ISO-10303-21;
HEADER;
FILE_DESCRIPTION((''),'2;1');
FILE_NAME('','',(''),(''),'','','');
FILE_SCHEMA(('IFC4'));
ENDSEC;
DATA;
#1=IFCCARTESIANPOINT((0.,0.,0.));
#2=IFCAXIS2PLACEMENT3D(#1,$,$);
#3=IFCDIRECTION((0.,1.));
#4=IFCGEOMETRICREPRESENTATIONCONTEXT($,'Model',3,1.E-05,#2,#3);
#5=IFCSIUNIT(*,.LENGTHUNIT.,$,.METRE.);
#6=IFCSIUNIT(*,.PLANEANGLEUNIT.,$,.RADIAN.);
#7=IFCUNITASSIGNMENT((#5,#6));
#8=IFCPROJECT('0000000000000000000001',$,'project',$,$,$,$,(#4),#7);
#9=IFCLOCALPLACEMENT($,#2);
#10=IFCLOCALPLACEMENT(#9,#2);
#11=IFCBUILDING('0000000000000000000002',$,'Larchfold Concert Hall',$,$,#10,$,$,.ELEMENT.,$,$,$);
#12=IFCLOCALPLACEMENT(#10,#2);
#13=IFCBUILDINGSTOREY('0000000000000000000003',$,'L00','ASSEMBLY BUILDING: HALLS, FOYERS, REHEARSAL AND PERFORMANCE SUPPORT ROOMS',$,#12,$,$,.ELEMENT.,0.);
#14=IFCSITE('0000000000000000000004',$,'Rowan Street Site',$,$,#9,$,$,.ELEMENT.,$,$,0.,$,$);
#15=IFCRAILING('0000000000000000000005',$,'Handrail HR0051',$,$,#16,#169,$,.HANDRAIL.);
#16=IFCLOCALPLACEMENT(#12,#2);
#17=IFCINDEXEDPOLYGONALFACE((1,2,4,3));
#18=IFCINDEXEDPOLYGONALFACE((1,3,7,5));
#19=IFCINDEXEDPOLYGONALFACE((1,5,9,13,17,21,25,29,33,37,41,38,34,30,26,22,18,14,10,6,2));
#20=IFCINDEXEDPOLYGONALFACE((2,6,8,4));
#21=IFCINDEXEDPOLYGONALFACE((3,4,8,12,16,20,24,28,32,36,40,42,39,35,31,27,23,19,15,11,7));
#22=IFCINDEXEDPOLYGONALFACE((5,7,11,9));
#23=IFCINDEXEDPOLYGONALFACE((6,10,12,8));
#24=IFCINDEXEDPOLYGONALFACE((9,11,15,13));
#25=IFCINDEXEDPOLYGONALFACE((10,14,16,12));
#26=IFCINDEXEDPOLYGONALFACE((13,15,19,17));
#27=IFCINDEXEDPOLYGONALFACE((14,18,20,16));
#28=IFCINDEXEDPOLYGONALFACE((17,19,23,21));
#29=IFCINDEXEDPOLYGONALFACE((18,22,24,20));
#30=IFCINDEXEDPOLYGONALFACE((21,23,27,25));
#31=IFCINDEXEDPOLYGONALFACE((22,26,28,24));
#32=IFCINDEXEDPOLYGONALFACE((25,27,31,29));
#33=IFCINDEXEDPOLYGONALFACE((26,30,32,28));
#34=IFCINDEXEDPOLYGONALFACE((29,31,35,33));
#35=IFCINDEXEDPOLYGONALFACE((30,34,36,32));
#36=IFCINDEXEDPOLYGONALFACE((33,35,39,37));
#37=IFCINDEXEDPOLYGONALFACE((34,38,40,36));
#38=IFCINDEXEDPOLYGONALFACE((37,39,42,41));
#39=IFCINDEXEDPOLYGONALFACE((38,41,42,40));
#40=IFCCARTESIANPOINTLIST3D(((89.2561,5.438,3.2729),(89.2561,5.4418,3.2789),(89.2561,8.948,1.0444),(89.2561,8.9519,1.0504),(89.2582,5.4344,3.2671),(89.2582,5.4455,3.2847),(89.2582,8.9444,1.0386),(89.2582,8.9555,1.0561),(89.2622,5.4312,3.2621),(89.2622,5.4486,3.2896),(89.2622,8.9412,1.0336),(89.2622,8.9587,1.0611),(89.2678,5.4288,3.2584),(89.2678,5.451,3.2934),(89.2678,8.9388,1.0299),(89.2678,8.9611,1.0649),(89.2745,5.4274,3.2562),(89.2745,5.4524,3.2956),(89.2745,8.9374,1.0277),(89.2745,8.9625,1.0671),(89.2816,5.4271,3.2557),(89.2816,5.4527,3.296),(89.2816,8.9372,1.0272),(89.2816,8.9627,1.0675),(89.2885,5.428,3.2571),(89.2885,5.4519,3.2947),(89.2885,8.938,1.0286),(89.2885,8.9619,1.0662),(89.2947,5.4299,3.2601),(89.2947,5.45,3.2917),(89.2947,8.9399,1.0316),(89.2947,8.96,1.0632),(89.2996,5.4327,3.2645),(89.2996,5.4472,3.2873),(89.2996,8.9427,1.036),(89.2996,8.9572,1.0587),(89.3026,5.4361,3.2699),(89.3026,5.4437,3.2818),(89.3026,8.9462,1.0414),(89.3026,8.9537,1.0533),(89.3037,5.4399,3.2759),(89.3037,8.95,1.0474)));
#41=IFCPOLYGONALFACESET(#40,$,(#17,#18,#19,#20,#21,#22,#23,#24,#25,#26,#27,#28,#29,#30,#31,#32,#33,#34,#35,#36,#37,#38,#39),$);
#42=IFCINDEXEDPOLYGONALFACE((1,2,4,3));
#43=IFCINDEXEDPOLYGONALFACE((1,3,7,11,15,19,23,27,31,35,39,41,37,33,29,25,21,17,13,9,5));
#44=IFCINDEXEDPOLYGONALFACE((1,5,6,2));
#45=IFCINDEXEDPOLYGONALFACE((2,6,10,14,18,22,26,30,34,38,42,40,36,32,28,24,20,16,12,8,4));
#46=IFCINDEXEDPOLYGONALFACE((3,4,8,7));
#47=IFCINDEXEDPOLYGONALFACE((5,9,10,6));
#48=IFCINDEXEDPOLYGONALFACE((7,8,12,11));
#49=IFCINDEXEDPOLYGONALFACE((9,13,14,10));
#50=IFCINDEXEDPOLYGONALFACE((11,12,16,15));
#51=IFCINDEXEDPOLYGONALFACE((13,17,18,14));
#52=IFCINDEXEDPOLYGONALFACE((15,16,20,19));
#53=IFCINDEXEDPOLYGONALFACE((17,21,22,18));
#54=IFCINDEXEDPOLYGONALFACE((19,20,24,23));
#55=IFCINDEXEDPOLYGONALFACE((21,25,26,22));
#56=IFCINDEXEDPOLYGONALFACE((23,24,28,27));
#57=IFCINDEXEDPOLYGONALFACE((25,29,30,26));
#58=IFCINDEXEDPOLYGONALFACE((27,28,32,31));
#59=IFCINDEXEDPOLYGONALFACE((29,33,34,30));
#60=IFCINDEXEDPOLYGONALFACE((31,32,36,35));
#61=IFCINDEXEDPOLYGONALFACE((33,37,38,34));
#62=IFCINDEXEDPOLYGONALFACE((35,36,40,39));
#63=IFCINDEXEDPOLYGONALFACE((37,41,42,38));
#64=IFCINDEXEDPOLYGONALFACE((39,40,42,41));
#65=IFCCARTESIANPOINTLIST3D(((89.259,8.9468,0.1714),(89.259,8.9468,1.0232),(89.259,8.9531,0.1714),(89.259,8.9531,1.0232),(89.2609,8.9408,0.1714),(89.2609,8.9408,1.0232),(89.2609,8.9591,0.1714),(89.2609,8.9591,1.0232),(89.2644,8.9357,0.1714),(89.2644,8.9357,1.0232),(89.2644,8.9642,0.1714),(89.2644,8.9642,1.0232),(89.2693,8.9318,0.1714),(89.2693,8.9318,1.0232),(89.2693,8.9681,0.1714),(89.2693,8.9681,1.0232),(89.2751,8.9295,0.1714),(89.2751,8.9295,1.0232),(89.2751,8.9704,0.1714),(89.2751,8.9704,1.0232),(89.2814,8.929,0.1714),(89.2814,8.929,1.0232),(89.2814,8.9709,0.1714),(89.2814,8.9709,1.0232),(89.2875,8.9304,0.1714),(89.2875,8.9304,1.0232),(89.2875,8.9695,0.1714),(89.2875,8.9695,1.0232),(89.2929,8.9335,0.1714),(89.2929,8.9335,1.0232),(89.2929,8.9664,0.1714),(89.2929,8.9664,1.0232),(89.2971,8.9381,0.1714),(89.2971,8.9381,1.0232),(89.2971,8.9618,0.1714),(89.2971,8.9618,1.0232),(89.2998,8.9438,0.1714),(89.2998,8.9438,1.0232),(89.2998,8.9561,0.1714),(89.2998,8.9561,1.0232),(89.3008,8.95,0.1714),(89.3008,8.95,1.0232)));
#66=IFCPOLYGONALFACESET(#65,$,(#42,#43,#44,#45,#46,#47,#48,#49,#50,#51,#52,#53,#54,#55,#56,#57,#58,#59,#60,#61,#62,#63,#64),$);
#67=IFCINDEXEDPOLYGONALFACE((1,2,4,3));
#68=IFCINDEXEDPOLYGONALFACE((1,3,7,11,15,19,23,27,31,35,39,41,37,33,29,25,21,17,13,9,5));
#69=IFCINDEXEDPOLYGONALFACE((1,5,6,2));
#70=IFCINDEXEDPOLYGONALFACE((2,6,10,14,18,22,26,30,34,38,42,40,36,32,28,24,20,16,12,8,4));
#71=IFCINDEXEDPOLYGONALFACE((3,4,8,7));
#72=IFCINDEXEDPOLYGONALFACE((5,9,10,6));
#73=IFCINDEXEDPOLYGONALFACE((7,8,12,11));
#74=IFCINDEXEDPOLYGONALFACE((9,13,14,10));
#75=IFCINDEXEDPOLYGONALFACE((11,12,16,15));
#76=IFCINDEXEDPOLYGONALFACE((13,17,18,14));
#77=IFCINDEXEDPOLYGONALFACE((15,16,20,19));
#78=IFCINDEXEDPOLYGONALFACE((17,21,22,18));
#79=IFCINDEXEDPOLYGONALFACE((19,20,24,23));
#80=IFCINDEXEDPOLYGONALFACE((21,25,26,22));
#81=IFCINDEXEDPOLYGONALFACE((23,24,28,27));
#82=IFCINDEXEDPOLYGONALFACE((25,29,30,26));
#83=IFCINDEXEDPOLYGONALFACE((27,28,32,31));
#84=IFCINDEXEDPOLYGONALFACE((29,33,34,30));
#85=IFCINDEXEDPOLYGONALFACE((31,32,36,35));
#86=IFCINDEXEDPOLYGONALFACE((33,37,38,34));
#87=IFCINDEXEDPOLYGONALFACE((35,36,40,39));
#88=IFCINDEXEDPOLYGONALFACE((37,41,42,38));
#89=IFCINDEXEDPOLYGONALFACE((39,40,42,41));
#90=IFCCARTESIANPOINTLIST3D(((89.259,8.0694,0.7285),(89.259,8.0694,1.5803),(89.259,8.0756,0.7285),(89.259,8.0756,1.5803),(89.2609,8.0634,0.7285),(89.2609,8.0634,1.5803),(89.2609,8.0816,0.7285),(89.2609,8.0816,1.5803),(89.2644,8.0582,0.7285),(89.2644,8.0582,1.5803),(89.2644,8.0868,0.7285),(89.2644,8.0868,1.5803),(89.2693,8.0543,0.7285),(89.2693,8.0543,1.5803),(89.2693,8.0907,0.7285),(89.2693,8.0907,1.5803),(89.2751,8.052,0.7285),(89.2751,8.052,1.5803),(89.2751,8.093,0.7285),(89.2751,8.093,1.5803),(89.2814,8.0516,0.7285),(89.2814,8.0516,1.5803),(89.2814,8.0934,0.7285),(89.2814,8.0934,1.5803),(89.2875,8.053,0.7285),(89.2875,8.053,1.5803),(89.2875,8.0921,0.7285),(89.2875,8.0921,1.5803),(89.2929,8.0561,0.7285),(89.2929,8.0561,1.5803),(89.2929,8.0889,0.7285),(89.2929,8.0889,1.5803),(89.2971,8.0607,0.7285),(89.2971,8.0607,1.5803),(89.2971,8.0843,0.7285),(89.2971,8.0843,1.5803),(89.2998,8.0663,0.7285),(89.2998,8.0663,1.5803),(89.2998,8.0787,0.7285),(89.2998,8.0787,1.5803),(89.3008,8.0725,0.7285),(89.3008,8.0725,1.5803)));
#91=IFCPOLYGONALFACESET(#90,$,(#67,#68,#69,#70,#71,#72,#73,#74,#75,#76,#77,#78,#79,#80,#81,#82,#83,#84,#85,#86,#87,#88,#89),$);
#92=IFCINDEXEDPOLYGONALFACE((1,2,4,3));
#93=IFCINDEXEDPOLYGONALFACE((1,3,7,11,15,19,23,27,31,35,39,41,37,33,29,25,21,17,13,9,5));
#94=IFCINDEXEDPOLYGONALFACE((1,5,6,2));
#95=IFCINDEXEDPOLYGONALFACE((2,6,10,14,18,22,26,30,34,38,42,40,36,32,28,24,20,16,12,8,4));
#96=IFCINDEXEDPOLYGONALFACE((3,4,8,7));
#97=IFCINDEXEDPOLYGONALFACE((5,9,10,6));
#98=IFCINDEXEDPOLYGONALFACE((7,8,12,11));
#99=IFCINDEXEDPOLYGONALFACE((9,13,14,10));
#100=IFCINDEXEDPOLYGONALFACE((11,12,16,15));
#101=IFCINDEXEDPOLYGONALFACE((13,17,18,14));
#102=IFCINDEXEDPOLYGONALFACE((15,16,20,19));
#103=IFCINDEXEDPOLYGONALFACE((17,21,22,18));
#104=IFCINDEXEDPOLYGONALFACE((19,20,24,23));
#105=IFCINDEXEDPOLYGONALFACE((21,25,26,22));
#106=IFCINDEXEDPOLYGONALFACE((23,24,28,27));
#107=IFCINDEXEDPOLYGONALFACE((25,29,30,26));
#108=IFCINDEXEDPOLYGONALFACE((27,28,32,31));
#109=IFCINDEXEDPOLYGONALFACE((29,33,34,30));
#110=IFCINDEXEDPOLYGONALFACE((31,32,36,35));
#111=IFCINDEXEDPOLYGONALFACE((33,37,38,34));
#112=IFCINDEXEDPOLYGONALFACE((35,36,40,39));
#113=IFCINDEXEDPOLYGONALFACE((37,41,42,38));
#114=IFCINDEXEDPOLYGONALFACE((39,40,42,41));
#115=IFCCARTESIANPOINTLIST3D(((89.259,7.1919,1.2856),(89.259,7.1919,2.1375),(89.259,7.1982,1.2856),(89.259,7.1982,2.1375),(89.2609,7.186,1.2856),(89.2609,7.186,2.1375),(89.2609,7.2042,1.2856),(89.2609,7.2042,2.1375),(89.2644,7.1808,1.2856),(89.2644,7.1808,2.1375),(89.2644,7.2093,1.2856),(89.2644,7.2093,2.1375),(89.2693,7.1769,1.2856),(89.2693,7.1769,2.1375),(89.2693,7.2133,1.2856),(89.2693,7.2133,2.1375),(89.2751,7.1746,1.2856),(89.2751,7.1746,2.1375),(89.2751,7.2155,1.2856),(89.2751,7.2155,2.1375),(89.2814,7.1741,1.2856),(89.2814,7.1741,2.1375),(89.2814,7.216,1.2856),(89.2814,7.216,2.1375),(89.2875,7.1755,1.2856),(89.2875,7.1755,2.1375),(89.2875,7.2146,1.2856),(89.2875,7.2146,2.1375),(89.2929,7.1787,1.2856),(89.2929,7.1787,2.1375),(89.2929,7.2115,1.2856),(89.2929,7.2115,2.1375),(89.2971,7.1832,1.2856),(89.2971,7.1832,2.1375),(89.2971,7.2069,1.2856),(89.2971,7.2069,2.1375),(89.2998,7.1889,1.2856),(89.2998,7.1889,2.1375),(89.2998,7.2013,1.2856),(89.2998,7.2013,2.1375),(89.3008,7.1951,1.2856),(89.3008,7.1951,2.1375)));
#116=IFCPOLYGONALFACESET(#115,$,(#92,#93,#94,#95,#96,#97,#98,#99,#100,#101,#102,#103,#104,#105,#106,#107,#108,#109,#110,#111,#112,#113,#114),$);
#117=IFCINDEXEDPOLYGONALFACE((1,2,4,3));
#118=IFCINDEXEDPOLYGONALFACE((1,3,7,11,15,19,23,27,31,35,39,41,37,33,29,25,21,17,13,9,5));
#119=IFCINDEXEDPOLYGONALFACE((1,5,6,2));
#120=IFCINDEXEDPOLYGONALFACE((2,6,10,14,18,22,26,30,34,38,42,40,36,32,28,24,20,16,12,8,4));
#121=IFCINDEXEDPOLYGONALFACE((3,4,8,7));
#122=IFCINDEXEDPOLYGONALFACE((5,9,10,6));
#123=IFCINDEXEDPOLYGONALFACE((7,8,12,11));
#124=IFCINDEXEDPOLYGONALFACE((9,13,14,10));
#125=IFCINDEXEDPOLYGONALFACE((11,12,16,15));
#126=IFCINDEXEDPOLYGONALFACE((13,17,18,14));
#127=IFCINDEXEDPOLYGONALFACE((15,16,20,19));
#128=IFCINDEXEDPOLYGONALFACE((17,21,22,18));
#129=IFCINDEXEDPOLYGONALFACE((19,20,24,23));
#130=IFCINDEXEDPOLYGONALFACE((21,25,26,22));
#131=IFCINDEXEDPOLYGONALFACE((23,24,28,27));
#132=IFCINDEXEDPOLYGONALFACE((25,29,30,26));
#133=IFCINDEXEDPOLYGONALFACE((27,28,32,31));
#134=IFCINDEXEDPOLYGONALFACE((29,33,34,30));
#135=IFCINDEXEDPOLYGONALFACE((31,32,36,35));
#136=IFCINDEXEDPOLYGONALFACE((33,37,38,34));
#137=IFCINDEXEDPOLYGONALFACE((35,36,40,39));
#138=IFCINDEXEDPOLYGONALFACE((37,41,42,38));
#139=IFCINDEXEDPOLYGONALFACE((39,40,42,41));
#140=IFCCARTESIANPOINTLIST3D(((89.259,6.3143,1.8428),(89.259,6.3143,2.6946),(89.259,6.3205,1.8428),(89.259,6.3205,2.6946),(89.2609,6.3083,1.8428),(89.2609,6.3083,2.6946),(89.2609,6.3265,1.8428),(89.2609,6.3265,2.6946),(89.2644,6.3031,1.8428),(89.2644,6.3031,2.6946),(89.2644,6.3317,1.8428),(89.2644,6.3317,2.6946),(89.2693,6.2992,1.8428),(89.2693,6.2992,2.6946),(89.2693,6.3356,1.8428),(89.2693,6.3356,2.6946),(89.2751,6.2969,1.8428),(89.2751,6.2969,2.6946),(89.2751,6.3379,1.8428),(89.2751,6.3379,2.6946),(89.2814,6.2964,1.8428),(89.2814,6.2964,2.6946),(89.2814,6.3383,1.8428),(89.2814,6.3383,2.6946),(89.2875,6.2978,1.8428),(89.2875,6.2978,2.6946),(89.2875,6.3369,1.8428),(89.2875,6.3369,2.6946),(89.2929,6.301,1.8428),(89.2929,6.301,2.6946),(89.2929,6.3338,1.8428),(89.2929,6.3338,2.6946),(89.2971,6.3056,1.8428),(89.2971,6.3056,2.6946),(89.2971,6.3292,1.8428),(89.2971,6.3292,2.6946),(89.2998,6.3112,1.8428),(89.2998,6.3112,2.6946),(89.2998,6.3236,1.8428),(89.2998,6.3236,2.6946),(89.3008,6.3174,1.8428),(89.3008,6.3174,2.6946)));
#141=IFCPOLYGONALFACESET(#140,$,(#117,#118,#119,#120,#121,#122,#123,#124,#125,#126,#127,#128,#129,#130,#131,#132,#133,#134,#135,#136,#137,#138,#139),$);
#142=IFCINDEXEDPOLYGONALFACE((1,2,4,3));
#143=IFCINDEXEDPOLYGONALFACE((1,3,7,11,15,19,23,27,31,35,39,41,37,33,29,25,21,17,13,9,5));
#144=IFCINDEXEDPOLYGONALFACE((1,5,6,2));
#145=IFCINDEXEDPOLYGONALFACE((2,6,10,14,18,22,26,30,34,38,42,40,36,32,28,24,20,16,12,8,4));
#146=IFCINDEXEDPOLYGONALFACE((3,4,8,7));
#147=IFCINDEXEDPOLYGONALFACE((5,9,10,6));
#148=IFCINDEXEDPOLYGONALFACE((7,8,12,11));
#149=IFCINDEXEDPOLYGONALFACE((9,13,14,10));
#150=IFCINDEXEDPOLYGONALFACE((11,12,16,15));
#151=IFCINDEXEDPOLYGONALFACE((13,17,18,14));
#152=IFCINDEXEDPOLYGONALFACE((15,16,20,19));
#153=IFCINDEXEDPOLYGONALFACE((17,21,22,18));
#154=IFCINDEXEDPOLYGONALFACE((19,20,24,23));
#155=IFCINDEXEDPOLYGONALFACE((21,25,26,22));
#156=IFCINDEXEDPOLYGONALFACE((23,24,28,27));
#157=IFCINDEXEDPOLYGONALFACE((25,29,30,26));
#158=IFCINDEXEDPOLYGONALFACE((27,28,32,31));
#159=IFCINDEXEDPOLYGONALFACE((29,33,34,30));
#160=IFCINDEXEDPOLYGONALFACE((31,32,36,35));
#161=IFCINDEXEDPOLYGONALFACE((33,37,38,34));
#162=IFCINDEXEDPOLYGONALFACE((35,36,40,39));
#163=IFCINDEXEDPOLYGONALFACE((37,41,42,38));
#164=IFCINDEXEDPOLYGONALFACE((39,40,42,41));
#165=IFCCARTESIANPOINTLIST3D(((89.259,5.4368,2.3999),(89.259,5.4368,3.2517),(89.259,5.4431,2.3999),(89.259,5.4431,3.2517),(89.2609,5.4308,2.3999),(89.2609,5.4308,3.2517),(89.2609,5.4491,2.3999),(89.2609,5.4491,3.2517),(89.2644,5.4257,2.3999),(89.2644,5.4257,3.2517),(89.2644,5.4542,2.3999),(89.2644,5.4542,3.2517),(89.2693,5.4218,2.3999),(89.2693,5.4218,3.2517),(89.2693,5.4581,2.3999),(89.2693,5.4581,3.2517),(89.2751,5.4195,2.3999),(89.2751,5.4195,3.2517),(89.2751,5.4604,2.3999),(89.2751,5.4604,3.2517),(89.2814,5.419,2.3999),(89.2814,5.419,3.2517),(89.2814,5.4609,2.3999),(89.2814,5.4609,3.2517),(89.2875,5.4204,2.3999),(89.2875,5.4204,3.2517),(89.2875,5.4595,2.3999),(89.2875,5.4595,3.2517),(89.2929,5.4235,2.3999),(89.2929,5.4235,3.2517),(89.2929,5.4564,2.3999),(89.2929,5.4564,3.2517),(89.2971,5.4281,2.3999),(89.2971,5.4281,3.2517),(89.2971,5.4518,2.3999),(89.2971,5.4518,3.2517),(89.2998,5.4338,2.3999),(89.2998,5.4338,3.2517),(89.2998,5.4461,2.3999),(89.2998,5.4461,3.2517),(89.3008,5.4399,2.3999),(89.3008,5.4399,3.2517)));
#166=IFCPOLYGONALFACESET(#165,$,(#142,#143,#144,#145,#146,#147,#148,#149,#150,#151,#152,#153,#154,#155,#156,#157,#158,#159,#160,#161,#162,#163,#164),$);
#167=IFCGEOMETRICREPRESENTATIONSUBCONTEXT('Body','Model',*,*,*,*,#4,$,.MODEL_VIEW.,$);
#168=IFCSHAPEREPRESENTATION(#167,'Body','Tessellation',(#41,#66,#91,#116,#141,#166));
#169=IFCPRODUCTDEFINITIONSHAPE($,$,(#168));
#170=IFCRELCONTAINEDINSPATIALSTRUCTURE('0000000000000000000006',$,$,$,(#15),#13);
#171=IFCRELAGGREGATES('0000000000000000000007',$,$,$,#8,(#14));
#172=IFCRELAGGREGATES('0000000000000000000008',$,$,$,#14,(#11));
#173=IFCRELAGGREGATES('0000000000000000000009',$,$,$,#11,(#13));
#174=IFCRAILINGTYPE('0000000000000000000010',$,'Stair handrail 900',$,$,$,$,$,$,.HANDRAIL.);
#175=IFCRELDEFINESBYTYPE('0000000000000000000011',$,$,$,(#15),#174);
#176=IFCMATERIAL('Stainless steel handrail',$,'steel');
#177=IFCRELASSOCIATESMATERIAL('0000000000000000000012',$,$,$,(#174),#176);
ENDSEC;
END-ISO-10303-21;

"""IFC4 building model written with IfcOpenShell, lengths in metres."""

from ifc_helpers import new_model, si_unit, direction, frame, origin, origin_2d, place, context, subcontext, project, spatial, circle, extrude, material, type_object, element, save


model = new_model("IFC4")

# Units and contexts
model_context = context("Model", 3, precision=1e-05, world=origin(), true_north=direction((0.0, 1.0)))
body_context = subcontext(model_context, "Body", "Model", "MODEL_VIEW")
ifc_project = project(units=[si_unit("LENGTHUNIT", "METRE"), si_unit("PLANEANGLEUNIT", "RADIAN")], contexts=[model_context])

# Site, building, storey
site_placement = place(None, origin())
site = spatial("IfcSite", under=ifc_project, at=site_placement, Name="Rowan Street Site", CompositionType="ELEMENT", RefElevation=0.0)
building_placement = place(site_placement, origin())
building = spatial("IfcBuilding", under=site, at=building_placement, Name="Larchfold Concert Hall", CompositionType="ELEMENT")
storey_placement = place(building_placement, origin())
storey = spatial("IfcBuildingStorey", under=building, at=storey_placement, Name="L00", Description="ASSEMBLY BUILDING: HALLS, FOYERS, REHEARSAL AND PERFORMANCE SUPPORT ROOMS", CompositionType="ELEMENT", Elevation=0.0)

# Railing
ifc_material_1 = material(Name="Stainless steel handrail", Category="steel")
railing_type_1 = type_object("IfcRailingType", Name="Stair handrail 900", PredefinedType="HANDRAIL", material=ifc_material_1)
railing_1_placement = place(storey_placement, frame((89.2798, 8.95, 0.1714)))
element("IfcRailing", 1, at=railing_1_placement, inside=storey, type_object=railing_type_1, Name="Handrail HR0051", PredefinedType="HANDRAIL", context=body_context, shape_type="SweptSolid", body=[
    extrude(circle(Radius=0.0239, at=origin_2d()), frame((0.0, 0.0, 0.876), z_axis=(0.0, -0.84422, 0.535998), x_axis=(1.0, 0.0, 0.0)), (0.0, 0.0, 1.0), 4.1577),
    extrude(circle(Radius=0.021, at=origin_2d()), origin(), (0.0, 0.0, 1.0), 0.8518),
    extrude(circle(Radius=0.021, at=origin_2d()), frame((0.0, -0.8774, 0.5571)), (0.0, 0.0, 1.0), 0.8518),
    extrude(circle(Radius=0.021, at=origin_2d()), frame((0.0, -1.7549, 1.1143)), (0.0, 0.0, 1.0), 0.8518),
    extrude(circle(Radius=0.021, at=origin_2d()), frame((0.0, -2.6326, 1.6714)), (0.0, 0.0, 1.0), 0.8518),
    extrude(circle(Radius=0.021, at=origin_2d()), frame((0.0, -3.51, 2.2285)), (0.0, 0.0, 1.0), 0.8518),
])

save(model, "model.ifc")
